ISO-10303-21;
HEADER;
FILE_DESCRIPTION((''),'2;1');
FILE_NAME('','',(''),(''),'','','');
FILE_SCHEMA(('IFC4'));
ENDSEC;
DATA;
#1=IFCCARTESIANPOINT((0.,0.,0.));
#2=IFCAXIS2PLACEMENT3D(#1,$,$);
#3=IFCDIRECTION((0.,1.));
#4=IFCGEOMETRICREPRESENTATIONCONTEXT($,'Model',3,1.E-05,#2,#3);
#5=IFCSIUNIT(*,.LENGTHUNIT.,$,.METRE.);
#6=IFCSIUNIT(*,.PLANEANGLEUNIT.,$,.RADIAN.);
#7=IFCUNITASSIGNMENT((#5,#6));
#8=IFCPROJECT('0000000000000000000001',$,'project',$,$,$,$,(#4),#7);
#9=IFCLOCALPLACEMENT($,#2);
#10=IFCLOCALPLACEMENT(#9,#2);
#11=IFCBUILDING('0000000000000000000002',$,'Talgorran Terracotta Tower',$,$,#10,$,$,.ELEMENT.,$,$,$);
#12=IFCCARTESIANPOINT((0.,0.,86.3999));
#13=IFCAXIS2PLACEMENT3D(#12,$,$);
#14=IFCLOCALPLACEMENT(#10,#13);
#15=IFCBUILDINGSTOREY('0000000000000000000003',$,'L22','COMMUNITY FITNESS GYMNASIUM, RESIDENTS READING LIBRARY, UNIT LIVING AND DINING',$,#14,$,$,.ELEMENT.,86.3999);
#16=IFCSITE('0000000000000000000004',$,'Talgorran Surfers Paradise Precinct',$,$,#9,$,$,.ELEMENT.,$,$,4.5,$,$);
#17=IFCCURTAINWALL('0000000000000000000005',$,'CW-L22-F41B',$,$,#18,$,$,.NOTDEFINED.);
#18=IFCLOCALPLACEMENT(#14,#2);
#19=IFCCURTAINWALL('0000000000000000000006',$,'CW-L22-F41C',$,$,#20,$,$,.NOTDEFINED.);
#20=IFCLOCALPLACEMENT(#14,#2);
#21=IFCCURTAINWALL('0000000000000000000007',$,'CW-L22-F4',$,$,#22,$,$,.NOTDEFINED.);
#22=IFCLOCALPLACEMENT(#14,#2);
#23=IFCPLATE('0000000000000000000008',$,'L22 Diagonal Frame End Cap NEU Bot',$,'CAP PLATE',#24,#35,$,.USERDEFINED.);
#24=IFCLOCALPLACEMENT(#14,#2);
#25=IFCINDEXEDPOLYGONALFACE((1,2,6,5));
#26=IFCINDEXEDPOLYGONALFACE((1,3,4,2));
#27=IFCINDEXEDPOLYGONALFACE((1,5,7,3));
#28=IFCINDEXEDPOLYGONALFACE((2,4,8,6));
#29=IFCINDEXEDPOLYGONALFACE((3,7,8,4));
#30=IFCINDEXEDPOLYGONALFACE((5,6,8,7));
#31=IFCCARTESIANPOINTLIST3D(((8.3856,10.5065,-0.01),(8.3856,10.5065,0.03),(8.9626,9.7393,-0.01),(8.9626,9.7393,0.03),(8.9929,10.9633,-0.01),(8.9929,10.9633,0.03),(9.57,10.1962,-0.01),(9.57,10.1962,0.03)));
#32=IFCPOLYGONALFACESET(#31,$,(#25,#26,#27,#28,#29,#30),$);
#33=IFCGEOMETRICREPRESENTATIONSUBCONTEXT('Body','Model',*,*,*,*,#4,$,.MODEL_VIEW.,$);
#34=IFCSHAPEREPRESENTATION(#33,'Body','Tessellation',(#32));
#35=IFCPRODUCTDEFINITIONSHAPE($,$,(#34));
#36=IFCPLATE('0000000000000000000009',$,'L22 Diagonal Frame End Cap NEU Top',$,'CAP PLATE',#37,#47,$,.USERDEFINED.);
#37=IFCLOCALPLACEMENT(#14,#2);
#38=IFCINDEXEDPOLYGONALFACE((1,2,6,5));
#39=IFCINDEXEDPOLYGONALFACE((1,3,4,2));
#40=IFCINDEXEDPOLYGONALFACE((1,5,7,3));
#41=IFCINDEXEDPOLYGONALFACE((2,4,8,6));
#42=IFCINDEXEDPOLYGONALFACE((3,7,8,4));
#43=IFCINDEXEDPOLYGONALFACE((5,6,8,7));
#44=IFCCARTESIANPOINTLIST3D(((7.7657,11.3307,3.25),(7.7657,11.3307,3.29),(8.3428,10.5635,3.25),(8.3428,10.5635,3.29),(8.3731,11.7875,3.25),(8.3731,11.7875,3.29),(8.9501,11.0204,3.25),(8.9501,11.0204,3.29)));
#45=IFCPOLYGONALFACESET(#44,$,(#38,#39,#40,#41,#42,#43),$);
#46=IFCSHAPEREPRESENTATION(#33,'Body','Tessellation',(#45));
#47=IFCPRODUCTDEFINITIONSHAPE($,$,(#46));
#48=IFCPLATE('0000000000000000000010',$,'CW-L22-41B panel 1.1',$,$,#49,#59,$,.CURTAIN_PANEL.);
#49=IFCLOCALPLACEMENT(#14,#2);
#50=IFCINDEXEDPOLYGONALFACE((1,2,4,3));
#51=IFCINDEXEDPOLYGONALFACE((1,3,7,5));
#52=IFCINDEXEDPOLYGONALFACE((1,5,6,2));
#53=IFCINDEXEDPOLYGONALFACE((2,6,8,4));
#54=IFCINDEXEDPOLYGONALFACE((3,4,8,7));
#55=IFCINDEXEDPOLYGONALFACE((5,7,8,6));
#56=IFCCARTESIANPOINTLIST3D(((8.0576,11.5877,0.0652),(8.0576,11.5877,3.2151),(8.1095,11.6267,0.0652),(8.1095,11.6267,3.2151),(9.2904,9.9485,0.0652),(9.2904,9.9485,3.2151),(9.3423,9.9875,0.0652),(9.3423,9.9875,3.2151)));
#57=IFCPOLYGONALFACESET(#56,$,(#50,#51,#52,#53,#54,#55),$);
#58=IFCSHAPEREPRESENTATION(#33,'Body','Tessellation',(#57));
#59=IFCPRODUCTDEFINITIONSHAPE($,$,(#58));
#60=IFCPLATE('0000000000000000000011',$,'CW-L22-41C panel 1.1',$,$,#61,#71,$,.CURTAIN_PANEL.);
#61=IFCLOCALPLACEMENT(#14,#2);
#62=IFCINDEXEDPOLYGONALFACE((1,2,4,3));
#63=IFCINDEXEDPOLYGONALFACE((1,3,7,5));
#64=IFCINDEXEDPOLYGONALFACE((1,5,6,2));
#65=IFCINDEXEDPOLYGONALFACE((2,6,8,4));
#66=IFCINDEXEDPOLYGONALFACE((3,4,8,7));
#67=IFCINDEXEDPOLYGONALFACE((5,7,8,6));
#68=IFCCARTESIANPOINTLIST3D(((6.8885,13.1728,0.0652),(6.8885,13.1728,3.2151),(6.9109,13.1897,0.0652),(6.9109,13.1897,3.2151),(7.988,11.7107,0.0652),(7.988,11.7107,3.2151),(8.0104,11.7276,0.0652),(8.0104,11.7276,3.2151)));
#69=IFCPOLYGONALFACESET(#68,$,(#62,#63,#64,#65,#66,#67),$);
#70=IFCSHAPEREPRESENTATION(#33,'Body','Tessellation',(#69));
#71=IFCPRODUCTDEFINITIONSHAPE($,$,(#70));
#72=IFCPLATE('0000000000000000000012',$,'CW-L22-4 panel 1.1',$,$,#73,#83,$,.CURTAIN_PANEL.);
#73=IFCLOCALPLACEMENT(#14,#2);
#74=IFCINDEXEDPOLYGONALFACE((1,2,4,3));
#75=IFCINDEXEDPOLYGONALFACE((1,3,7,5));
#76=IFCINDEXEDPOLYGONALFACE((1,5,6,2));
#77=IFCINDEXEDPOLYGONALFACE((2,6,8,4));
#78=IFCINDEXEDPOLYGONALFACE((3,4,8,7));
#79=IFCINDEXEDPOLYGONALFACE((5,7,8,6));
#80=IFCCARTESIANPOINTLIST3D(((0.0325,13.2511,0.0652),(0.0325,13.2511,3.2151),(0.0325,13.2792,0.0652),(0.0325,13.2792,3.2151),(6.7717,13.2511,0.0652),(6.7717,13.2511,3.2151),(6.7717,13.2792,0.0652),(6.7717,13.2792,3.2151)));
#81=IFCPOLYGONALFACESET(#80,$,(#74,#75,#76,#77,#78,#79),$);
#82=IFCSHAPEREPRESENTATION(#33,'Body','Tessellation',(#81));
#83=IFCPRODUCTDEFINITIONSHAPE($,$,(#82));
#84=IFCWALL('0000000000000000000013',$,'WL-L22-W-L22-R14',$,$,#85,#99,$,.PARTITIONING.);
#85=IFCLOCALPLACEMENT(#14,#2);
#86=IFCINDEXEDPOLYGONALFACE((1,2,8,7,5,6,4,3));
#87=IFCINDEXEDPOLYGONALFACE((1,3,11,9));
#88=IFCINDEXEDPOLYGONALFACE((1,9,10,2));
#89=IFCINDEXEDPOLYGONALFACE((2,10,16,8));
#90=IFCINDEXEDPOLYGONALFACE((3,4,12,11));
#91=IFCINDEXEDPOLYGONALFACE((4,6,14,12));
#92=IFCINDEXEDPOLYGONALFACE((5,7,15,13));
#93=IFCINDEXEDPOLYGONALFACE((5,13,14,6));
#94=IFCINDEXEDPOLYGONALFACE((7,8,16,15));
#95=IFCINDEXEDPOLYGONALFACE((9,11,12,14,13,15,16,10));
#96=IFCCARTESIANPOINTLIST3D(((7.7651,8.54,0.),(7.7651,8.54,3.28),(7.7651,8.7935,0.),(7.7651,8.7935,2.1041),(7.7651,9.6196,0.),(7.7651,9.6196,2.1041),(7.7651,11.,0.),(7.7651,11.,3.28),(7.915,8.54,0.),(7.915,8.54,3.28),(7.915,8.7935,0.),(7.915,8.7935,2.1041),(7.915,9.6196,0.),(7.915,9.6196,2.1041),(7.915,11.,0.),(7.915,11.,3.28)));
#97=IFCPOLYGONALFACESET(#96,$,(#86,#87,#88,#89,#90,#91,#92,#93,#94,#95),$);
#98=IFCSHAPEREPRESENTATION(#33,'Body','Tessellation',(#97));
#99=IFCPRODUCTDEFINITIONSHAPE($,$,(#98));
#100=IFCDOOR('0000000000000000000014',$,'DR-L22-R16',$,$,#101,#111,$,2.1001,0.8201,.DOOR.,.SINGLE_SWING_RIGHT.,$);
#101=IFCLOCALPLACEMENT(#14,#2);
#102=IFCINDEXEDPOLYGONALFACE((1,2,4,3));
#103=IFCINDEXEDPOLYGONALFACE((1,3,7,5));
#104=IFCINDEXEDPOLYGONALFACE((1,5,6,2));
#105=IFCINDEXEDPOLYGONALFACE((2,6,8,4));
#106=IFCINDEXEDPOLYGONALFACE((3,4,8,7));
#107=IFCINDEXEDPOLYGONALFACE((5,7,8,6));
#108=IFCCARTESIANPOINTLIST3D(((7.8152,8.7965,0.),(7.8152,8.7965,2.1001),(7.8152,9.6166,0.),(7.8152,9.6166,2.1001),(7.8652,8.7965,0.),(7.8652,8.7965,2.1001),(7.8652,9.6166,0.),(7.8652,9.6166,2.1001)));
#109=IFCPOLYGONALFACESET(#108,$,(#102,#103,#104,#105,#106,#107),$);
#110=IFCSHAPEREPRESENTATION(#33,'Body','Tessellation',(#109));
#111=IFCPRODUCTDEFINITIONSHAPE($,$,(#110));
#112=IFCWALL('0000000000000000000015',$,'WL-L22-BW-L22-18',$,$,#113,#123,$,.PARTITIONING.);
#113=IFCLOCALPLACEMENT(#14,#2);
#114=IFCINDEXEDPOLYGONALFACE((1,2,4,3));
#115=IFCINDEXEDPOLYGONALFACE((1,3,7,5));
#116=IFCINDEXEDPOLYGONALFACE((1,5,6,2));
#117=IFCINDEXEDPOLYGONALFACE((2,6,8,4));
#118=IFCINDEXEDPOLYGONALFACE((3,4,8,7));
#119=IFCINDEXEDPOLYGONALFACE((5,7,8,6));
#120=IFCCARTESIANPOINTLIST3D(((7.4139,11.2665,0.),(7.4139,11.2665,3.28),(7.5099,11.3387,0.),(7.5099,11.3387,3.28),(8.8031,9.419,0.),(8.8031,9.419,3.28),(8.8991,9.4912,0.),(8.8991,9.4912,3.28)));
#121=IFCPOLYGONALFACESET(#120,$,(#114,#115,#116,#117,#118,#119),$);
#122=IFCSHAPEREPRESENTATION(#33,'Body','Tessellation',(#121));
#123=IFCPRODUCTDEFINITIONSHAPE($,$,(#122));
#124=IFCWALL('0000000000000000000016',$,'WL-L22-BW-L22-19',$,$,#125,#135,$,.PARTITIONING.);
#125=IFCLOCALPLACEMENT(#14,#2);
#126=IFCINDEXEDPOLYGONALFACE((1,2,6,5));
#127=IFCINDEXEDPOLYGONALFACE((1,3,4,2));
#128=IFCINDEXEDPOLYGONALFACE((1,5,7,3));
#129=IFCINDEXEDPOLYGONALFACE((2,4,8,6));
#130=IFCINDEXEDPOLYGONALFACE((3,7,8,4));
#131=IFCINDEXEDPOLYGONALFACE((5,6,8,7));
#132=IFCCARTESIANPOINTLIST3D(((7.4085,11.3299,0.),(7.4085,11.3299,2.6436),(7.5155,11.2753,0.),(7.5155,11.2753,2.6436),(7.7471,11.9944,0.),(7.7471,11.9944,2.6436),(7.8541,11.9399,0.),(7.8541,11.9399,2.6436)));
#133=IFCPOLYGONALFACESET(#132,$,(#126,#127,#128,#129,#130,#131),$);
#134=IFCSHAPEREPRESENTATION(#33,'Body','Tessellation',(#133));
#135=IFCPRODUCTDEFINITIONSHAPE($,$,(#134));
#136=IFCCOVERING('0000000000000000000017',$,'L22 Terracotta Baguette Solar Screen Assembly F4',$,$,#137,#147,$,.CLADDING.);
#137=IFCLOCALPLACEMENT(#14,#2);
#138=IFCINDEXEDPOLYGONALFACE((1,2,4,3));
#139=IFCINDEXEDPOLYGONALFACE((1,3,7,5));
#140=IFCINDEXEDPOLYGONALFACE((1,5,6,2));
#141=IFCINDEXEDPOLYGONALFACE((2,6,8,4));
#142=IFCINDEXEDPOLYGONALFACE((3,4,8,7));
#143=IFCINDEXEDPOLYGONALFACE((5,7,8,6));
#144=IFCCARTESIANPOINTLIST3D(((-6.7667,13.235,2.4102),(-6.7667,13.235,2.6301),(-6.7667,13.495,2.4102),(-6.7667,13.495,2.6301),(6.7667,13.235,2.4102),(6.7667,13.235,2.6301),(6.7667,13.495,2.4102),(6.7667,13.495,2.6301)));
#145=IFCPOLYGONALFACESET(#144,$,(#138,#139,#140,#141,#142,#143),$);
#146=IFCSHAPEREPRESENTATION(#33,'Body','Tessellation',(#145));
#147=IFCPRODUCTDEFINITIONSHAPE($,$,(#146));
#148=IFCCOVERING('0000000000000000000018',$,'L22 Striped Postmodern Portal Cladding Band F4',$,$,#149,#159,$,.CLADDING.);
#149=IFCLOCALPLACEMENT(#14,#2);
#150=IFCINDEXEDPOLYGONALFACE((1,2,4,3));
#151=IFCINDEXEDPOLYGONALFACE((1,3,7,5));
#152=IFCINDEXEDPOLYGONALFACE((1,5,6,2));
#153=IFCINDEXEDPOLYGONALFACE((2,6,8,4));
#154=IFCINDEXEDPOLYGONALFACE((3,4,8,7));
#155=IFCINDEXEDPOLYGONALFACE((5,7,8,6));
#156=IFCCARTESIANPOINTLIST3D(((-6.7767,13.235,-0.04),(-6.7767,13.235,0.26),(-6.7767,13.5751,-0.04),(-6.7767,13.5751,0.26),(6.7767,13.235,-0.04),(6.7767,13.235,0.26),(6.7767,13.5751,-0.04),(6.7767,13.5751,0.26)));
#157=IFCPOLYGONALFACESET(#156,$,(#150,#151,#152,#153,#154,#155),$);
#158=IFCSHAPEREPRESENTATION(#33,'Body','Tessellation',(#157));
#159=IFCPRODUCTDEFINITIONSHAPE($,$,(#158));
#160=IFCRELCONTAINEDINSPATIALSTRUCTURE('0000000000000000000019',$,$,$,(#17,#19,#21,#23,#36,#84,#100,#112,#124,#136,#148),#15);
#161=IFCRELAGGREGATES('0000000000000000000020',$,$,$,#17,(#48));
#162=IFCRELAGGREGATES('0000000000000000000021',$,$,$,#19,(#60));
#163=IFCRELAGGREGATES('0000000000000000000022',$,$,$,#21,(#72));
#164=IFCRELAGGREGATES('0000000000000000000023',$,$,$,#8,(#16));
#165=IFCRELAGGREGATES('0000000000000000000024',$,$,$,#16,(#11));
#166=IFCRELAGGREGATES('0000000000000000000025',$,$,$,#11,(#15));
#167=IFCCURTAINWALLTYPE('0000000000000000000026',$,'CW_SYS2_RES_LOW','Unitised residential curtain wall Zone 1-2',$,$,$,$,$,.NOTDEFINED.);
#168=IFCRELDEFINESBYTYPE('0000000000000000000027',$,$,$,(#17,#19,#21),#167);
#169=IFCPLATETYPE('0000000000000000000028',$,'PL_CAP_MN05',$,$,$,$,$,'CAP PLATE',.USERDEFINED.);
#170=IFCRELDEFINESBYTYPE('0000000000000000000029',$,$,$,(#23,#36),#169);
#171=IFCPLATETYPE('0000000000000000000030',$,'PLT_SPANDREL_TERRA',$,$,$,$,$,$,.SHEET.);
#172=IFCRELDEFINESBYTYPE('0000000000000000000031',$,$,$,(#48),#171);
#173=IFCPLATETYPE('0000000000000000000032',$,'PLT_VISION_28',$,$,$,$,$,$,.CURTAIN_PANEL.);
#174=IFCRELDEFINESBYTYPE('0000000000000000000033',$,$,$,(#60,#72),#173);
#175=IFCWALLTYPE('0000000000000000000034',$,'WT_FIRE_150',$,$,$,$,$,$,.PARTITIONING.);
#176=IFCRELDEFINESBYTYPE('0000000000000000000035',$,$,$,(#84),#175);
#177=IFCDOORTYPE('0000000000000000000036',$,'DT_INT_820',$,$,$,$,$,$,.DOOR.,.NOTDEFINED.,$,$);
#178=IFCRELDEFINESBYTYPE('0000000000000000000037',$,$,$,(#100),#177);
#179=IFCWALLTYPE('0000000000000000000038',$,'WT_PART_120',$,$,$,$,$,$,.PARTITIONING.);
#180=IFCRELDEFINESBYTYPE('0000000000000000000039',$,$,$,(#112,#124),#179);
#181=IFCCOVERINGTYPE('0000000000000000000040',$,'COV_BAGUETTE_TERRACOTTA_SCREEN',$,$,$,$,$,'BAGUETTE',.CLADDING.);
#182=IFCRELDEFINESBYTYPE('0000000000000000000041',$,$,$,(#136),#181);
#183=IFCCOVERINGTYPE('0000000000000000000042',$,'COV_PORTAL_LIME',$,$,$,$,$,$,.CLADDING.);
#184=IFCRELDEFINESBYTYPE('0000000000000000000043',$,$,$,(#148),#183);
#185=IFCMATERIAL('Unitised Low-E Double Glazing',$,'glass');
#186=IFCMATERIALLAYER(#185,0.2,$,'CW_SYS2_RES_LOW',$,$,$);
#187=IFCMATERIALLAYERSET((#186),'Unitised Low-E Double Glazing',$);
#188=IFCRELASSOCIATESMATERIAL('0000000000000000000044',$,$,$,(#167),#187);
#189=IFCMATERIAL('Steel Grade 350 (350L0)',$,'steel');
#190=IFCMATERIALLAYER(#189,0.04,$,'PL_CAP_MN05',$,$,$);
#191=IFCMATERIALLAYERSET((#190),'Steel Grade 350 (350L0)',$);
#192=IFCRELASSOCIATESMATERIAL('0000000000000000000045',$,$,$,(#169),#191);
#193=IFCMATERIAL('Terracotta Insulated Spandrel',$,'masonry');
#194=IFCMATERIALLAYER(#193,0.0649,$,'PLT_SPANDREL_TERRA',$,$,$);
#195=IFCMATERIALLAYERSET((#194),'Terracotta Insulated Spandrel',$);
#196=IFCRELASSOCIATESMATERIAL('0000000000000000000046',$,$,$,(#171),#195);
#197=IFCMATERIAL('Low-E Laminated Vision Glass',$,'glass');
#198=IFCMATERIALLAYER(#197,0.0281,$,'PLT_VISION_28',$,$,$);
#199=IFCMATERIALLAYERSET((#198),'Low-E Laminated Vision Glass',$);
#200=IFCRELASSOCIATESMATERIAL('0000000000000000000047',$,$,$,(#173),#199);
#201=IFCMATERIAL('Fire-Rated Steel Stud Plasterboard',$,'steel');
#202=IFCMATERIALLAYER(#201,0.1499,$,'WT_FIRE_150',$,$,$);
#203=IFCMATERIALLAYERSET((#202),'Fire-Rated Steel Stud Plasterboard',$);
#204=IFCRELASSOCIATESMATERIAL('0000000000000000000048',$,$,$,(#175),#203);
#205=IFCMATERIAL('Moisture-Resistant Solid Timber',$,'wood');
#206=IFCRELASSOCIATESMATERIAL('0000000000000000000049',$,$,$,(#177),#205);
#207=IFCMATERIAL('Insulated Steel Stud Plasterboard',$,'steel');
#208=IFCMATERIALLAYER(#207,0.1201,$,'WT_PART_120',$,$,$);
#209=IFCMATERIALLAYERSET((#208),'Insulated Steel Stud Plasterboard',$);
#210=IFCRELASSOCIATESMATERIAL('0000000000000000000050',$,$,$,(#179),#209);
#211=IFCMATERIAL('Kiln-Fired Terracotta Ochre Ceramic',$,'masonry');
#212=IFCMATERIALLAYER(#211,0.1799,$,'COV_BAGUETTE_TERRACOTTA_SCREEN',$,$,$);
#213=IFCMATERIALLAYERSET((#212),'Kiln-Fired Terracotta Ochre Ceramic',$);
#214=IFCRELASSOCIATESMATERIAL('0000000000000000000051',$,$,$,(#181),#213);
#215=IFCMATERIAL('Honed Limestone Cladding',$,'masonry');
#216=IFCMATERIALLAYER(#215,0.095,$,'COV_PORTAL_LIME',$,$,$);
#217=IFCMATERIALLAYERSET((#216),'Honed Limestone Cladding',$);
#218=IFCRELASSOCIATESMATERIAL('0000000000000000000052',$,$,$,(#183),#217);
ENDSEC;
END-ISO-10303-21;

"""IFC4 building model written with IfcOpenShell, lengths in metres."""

from ifc_helpers import new_model, si_unit, direction, frame, frame_2d, origin, origin_2d, place, context, subcontext, project, spatial, rectangle, extrude, source, transform, mapped, material, layer, layer_set, type_object, type_shapes, element, fill, aggregate, save


model = new_model("IFC4")

# Units and contexts
model_context = context("Model", 3, precision=1e-05, world=origin(), true_north=direction((0.0, 1.0)))
body_context = subcontext(model_context, "Body", "Model", "MODEL_VIEW")
ifc_project = project(units=[si_unit("LENGTHUNIT", "METRE"), si_unit("PLANEANGLEUNIT", "RADIAN")], contexts=[model_context])

# Site, building, storey
site_placement = place(None, origin())
site = spatial("IfcSite", under=ifc_project, at=site_placement, Name="Talgorran Surfers Paradise Precinct", CompositionType="ELEMENT", RefElevation=4.5)
building_placement = place(site_placement, origin())
building = spatial("IfcBuilding", under=site, at=building_placement, Name="Talgorran Terracotta Tower", CompositionType="ELEMENT")
storey_placement = place(building_placement, frame((0.0, 0.0, 86.3999)))
storey = spatial("IfcBuildingStorey", under=building, at=storey_placement, Name="L22", Description="COMMUNITY FITNESS GYMNASIUM, RESIDENTS READING LIBRARY, UNIT LIVING AND DINING", CompositionType="ELEMENT", Elevation=86.3999)

# Shared definitions
ifc_material_1 = material(Name="Steel Grade 350 (350L0)", Category="steel")

# Curtain wall
ifc_material_2 = material(Name="Unitised Low-E Double Glazing", Category="glass")
ifc_layer_1 = layer(ifc_material_2, 0.2, Name="CW_SYS2_RES_LOW")
ifc_layer_set_1 = layer_set([ifc_layer_1], Name="Unitised Low-E Double Glazing")
curtain_wall_type = type_object("IfcCurtainWallType", Name="CW_SYS2_RES_LOW", Description="Unitised residential curtain wall Zone 1-2", PredefinedType="NOTDEFINED", material=ifc_layer_set_1)
curtain_wall_1_placement = place(storey_placement, origin())
curtain_wall_1 = element("IfcCurtainWall", 1, at=curtain_wall_1_placement, inside=storey, type_object=curtain_wall_type, Name="CW-L22-F41B", PredefinedType="NOTDEFINED")

# Curtain walls
curtain_wall_2_placement = place(storey_placement, origin())
curtain_wall_2 = element("IfcCurtainWall", 2, at=curtain_wall_2_placement, inside=storey, type_object=curtain_wall_type, Name="CW-L22-F41C", PredefinedType="NOTDEFINED")
curtain_wall_3_placement = place(storey_placement, origin())
curtain_wall_3 = element("IfcCurtainWall", 3, at=curtain_wall_3_placement, inside=storey, type_object=curtain_wall_type, Name="CW-L22-F4", PredefinedType="NOTDEFINED")

# Plates
ifc_layer_2 = layer(ifc_material_1, 0.04, Name="PL_CAP_MN05")
ifc_layer_set_2 = layer_set([ifc_layer_2], Name="Steel Grade 350 (350L0)")
plate_type_1 = type_object("IfcPlateType", Name="PL_CAP_MN05", ElementType="CAP PLATE", PredefinedType="USERDEFINED", material=ifc_layer_set_2)
for number, where, z_axis, x_axis, name in (
    (4, (8.9778, 10.3513, -0.01), (0.0, 0.0, 1.0), (-0.601118, 0.79916, 0.0), "L22 Diagonal Frame End Cap NEU Bot"),
    (5, (8.3579, 11.1755, 3.25), (0.0, 0.0, 1.0), (-0.601118, 0.79916, 0.0), "L22 Diagonal Frame End Cap NEU Top"),
):
    element("IfcPlate", number, at=place(storey_placement, frame(where, z_axis=z_axis, x_axis=x_axis)), inside=storey, type_object=plate_type_1, Name=name, ObjectType="CAP PLATE", PredefinedType="USERDEFINED", context=body_context, shape_type="SweptSolid", body=[
        extrude(rectangle(XDim=0.96, YDim=0.76, at=origin_2d()), origin(), (0.0, 0.0, 1.0), 0.04),
    ])

# Plates
ifc_material_3 = material(Name="Terracotta Insulated Spandrel", Category="masonry")
ifc_layer_3 = layer(ifc_material_3, 0.0649, Name="PLT_SPANDREL_TERRA")
ifc_layer_set_3 = layer_set([ifc_layer_3], Name="Terracotta Insulated Spandrel")
plate_type_2 = type_object("IfcPlateType", Name="PLT_SPANDREL_TERRA", PredefinedType="SHEET", material=ifc_layer_set_3)
shared_shape_1 = source(origin(), body_context, "Body", "SweptSolid", [
    extrude(rectangle(XDim=2.051, YDim=0.0649, at=origin_2d()), origin(), (0.0, 0.0, 1.0), 3.1499),
])
type_shapes(plate_type_2, [shared_shape_1])
plate_1_placement = place(storey_placement, frame((8.7, 10.7876, 0.0652), z_axis=(0.0, 0.0, 1.0), x_axis=(-0.601078, 0.799191, 0.0)))
plate_1 = element("IfcPlate", 6, at=plate_1_placement, type_object=plate_type_2, Name="CW-L22-41B panel 1.1", PredefinedType="CURTAIN_PANEL", context=body_context, shape_type="MappedRepresentation", body=[
    mapped(shared_shape_1, transform((0.0, 0.0, 0.0), scale=1.0)),
])
aggregate(curtain_wall_1, [plate_1])
ifc_material_4 = material(Name="Low-E Laminated Vision Glass", Category="glass")
ifc_layer_4 = layer(ifc_material_4, 0.0281, Name="PLT_VISION_28")
ifc_layer_set_4 = layer_set([ifc_layer_4], Name="Low-E Laminated Vision Glass")
plate_type_3 = type_object("IfcPlateType", Name="PLT_VISION_28", PredefinedType="CURTAIN_PANEL", material=ifc_layer_set_4)
shared_shape_2 = source(origin(), body_context, "Body", "SweptSolid", [
    extrude(rectangle(XDim=1.8293, YDim=0.0281, at=origin_2d()), origin(), (0.0, 0.0, 1.0), 3.1499),
])
plate_2_placement = place(storey_placement, frame((7.4495, 12.4502, 0.0652), z_axis=(0.0, 0.0, 1.0), x_axis=(-0.601045, 0.799215, 0.0)))
plate_2 = element("IfcPlate", 7, at=plate_2_placement, type_object=plate_type_3, Name="CW-L22-41C panel 1.1", PredefinedType="CURTAIN_PANEL", context=body_context, shape_type="MappedRepresentation", body=[
    mapped(shared_shape_2, transform((0.0, 0.0, 0.0), scale=1.0)),
])
aggregate(curtain_wall_2, [plate_2])
shared_shape_3 = source(origin(), body_context, "Body", "SweptSolid", [
    extrude(rectangle(XDim=6.7393, YDim=0.0281, at=origin_2d()), origin(), (0.0, 0.0, 1.0), 3.1499),
])
type_shapes(plate_type_3, [shared_shape_2, shared_shape_3])
plate_3_placement = place(storey_placement, frame((3.4021, 13.2651, 0.0652), z_axis=(0.0, 0.0, 1.0), x_axis=(-1.0, 0.0, 0.0)))
plate_3 = element("IfcPlate", 8, at=plate_3_placement, type_object=plate_type_3, Name="CW-L22-4 panel 1.1", PredefinedType="CURTAIN_PANEL", context=body_context, shape_type="MappedRepresentation", body=[
    mapped(shared_shape_3, transform((0.0, 0.0, 0.0), scale=1.0)),
])
aggregate(curtain_wall_3, [plate_3])

# Wall, opening, door
ifc_material_5 = material(Name="Fire-Rated Steel Stud Plasterboard", Category="steel")
ifc_layer_5 = layer(ifc_material_5, 0.1499, Name="WT_FIRE_150")
ifc_layer_set_5 = layer_set([ifc_layer_5], Name="Fire-Rated Steel Stud Plasterboard")
wall_type_1 = type_object("IfcWallType", Name="WT_FIRE_150", PredefinedType="PARTITIONING", material=ifc_layer_set_5)
wall_1_placement = place(storey_placement, frame((7.8401, 8.54, 0.0), z_axis=(0.0, 0.0, 1.0), x_axis=(0.0, 1.0, 0.0)))
wall_1 = element("IfcWall", 9, at=wall_1_placement, inside=storey, type_object=wall_type_1, Name="WL-L22-W-L22-R14", PredefinedType="PARTITIONING", context=body_context, shape_type="SweptSolid", body=[
    extrude(rectangle(XDim=2.46, YDim=0.1499, at=frame_2d((1.23, 0.0))), origin(), (0.0, 0.0, 1.0), 3.28),
])
opening_placement = place(wall_1_placement, frame((0.2563, 0.0, 0.0)))
opening = element("IfcOpeningElement", 10, at=opening_placement, cuts=wall_1, PredefinedType="OPENING", context=body_context, shape_type="SweptSolid", body=[
    extrude(rectangle(XDim=0.8261, YDim=2.1041, at=frame_2d((0.4102, 1.052))), frame((0.0, 0.085, 0.0), z_axis=(0.0, -1.0, 0.0), x_axis=(1.0, 0.0, 0.0)), (0.0, 0.0, 1.0), 0.1699),
])
ifc_material_6 = material(Name="Moisture-Resistant Solid Timber", Category="wood")
door_type = type_object("IfcDoorType", Name="DT_INT_820", OperationType="NOTDEFINED", PredefinedType="DOOR", material=ifc_material_6)
door_placement = place(opening_placement, origin())
door = element("IfcDoor", 11, at=door_placement, inside=storey, type_object=door_type, Name="DR-L22-R16", OperationType="SINGLE_SWING_RIGHT", OverallHeight=2.1001, OverallWidth=0.8201, PredefinedType="DOOR", context=body_context, shape_type="SweptSolid", body=[
    extrude(rectangle(XDim=0.8201, YDim=2.1001, at=frame_2d((0.4102, 1.05))), frame((0.0, 0.0249, 0.0), z_axis=(0.0, -1.0, 0.0), x_axis=(1.0, 0.0, 0.0)), (0.0, 0.0, 1.0), 0.05),
])
fill(opening, door)

# Walls
ifc_material_7 = material(Name="Insulated Steel Stud Plasterboard", Category="steel")
ifc_layer_6 = layer(ifc_material_7, 0.1201, Name="WT_PART_120")
ifc_layer_set_6 = layer_set([ifc_layer_6], Name="Insulated Steel Stud Plasterboard")
wall_type_2 = type_object("IfcWallType", Name="WT_PART_120", PredefinedType="PARTITIONING", material=ifc_layer_set_6)
wall_2_placement = place(storey_placement, frame((8.8511, 9.4551, 0.0), z_axis=(0.0, 0.0, 1.0), x_axis=(-0.600997, 0.799252, 0.0)))
element("IfcWall", 12, at=wall_2_placement, inside=storey, type_object=wall_type_2, Name="WL-L22-BW-L22-18", PredefinedType="PARTITIONING", context=body_context, shape_type="SweptSolid", body=[
    extrude(rectangle(XDim=2.3115, YDim=0.1201, at=frame_2d((1.1558, 0.0))), origin(), (0.0, 0.0, 1.0), 3.28),
])
wall_3_placement = place(storey_placement, frame((7.4619, 11.3025, 0.0), z_axis=(0.0, 0.0, 1.0), x_axis=(0.454009, 0.890997, 0.0)))
element("IfcWall", 13, at=wall_3_placement, inside=storey, type_object=wall_type_2, Name="WL-L22-BW-L22-19", PredefinedType="PARTITIONING", context=body_context, shape_type="SweptSolid", body=[
    extrude(rectangle(XDim=0.7458, YDim=0.1201, at=frame_2d((0.373, 0.0))), origin(), (0.0, 0.0, 1.0), 2.6436),
])

# Coverings
ifc_material_8 = material(Name="Kiln-Fired Terracotta Ochre Ceramic", Category="masonry")
ifc_layer_7 = layer(ifc_material_8, 0.1799, Name="COV_BAGUETTE_TERRACOTTA_SCREEN")
ifc_layer_set_7 = layer_set([ifc_layer_7], Name="Kiln-Fired Terracotta Ochre Ceramic")
covering_type_1 = type_object("IfcCoveringType", Name="COV_BAGUETTE_TERRACOTTA_SCREEN", ElementType="BAGUETTE", PredefinedType="CLADDING", material=ifc_layer_set_7)
covering_1_placement = place(storey_placement, frame((0.0, 13.365, 2.4102), z_axis=(0.0, 0.0, 1.0), x_axis=(-1.0, 0.0, 0.0)))
element("IfcCovering", 14, at=covering_1_placement, inside=storey, type_object=covering_type_1, Name="L22 Terracotta Baguette Solar Screen Assembly F4", PredefinedType="CLADDING", context=body_context, shape_type="SweptSolid", body=[
    extrude(rectangle(XDim=13.5334, YDim=0.26, at=origin_2d()), origin(), (0.0, 0.0, 1.0), 0.22),
])
ifc_material_9 = material(Name="Honed Limestone Cladding", Category="masonry")
ifc_layer_8 = layer(ifc_material_9, 0.095, Name="COV_PORTAL_LIME")
ifc_layer_set_8 = layer_set([ifc_layer_8], Name="Honed Limestone Cladding")
covering_type_2 = type_object("IfcCoveringType", Name="COV_PORTAL_LIME", PredefinedType="CLADDING", material=ifc_layer_set_8)
covering_2_placement = place(storey_placement, frame((0.0, 13.405, -0.04), z_axis=(0.0, 0.0, 1.0), x_axis=(-1.0, 0.0, 0.0)))
element("IfcCovering", 15, at=covering_2_placement, inside=storey, type_object=covering_type_2, Name="L22 Striped Postmodern Portal Cladding Band F4", PredefinedType="CLADDING", context=body_context, shape_type="SweptSolid", body=[
    extrude(rectangle(XDim=13.5535, YDim=0.3401, at=origin_2d()), origin(), (0.0, 0.0, 1.0), 0.3),
])

save(model, "model.ifc")
